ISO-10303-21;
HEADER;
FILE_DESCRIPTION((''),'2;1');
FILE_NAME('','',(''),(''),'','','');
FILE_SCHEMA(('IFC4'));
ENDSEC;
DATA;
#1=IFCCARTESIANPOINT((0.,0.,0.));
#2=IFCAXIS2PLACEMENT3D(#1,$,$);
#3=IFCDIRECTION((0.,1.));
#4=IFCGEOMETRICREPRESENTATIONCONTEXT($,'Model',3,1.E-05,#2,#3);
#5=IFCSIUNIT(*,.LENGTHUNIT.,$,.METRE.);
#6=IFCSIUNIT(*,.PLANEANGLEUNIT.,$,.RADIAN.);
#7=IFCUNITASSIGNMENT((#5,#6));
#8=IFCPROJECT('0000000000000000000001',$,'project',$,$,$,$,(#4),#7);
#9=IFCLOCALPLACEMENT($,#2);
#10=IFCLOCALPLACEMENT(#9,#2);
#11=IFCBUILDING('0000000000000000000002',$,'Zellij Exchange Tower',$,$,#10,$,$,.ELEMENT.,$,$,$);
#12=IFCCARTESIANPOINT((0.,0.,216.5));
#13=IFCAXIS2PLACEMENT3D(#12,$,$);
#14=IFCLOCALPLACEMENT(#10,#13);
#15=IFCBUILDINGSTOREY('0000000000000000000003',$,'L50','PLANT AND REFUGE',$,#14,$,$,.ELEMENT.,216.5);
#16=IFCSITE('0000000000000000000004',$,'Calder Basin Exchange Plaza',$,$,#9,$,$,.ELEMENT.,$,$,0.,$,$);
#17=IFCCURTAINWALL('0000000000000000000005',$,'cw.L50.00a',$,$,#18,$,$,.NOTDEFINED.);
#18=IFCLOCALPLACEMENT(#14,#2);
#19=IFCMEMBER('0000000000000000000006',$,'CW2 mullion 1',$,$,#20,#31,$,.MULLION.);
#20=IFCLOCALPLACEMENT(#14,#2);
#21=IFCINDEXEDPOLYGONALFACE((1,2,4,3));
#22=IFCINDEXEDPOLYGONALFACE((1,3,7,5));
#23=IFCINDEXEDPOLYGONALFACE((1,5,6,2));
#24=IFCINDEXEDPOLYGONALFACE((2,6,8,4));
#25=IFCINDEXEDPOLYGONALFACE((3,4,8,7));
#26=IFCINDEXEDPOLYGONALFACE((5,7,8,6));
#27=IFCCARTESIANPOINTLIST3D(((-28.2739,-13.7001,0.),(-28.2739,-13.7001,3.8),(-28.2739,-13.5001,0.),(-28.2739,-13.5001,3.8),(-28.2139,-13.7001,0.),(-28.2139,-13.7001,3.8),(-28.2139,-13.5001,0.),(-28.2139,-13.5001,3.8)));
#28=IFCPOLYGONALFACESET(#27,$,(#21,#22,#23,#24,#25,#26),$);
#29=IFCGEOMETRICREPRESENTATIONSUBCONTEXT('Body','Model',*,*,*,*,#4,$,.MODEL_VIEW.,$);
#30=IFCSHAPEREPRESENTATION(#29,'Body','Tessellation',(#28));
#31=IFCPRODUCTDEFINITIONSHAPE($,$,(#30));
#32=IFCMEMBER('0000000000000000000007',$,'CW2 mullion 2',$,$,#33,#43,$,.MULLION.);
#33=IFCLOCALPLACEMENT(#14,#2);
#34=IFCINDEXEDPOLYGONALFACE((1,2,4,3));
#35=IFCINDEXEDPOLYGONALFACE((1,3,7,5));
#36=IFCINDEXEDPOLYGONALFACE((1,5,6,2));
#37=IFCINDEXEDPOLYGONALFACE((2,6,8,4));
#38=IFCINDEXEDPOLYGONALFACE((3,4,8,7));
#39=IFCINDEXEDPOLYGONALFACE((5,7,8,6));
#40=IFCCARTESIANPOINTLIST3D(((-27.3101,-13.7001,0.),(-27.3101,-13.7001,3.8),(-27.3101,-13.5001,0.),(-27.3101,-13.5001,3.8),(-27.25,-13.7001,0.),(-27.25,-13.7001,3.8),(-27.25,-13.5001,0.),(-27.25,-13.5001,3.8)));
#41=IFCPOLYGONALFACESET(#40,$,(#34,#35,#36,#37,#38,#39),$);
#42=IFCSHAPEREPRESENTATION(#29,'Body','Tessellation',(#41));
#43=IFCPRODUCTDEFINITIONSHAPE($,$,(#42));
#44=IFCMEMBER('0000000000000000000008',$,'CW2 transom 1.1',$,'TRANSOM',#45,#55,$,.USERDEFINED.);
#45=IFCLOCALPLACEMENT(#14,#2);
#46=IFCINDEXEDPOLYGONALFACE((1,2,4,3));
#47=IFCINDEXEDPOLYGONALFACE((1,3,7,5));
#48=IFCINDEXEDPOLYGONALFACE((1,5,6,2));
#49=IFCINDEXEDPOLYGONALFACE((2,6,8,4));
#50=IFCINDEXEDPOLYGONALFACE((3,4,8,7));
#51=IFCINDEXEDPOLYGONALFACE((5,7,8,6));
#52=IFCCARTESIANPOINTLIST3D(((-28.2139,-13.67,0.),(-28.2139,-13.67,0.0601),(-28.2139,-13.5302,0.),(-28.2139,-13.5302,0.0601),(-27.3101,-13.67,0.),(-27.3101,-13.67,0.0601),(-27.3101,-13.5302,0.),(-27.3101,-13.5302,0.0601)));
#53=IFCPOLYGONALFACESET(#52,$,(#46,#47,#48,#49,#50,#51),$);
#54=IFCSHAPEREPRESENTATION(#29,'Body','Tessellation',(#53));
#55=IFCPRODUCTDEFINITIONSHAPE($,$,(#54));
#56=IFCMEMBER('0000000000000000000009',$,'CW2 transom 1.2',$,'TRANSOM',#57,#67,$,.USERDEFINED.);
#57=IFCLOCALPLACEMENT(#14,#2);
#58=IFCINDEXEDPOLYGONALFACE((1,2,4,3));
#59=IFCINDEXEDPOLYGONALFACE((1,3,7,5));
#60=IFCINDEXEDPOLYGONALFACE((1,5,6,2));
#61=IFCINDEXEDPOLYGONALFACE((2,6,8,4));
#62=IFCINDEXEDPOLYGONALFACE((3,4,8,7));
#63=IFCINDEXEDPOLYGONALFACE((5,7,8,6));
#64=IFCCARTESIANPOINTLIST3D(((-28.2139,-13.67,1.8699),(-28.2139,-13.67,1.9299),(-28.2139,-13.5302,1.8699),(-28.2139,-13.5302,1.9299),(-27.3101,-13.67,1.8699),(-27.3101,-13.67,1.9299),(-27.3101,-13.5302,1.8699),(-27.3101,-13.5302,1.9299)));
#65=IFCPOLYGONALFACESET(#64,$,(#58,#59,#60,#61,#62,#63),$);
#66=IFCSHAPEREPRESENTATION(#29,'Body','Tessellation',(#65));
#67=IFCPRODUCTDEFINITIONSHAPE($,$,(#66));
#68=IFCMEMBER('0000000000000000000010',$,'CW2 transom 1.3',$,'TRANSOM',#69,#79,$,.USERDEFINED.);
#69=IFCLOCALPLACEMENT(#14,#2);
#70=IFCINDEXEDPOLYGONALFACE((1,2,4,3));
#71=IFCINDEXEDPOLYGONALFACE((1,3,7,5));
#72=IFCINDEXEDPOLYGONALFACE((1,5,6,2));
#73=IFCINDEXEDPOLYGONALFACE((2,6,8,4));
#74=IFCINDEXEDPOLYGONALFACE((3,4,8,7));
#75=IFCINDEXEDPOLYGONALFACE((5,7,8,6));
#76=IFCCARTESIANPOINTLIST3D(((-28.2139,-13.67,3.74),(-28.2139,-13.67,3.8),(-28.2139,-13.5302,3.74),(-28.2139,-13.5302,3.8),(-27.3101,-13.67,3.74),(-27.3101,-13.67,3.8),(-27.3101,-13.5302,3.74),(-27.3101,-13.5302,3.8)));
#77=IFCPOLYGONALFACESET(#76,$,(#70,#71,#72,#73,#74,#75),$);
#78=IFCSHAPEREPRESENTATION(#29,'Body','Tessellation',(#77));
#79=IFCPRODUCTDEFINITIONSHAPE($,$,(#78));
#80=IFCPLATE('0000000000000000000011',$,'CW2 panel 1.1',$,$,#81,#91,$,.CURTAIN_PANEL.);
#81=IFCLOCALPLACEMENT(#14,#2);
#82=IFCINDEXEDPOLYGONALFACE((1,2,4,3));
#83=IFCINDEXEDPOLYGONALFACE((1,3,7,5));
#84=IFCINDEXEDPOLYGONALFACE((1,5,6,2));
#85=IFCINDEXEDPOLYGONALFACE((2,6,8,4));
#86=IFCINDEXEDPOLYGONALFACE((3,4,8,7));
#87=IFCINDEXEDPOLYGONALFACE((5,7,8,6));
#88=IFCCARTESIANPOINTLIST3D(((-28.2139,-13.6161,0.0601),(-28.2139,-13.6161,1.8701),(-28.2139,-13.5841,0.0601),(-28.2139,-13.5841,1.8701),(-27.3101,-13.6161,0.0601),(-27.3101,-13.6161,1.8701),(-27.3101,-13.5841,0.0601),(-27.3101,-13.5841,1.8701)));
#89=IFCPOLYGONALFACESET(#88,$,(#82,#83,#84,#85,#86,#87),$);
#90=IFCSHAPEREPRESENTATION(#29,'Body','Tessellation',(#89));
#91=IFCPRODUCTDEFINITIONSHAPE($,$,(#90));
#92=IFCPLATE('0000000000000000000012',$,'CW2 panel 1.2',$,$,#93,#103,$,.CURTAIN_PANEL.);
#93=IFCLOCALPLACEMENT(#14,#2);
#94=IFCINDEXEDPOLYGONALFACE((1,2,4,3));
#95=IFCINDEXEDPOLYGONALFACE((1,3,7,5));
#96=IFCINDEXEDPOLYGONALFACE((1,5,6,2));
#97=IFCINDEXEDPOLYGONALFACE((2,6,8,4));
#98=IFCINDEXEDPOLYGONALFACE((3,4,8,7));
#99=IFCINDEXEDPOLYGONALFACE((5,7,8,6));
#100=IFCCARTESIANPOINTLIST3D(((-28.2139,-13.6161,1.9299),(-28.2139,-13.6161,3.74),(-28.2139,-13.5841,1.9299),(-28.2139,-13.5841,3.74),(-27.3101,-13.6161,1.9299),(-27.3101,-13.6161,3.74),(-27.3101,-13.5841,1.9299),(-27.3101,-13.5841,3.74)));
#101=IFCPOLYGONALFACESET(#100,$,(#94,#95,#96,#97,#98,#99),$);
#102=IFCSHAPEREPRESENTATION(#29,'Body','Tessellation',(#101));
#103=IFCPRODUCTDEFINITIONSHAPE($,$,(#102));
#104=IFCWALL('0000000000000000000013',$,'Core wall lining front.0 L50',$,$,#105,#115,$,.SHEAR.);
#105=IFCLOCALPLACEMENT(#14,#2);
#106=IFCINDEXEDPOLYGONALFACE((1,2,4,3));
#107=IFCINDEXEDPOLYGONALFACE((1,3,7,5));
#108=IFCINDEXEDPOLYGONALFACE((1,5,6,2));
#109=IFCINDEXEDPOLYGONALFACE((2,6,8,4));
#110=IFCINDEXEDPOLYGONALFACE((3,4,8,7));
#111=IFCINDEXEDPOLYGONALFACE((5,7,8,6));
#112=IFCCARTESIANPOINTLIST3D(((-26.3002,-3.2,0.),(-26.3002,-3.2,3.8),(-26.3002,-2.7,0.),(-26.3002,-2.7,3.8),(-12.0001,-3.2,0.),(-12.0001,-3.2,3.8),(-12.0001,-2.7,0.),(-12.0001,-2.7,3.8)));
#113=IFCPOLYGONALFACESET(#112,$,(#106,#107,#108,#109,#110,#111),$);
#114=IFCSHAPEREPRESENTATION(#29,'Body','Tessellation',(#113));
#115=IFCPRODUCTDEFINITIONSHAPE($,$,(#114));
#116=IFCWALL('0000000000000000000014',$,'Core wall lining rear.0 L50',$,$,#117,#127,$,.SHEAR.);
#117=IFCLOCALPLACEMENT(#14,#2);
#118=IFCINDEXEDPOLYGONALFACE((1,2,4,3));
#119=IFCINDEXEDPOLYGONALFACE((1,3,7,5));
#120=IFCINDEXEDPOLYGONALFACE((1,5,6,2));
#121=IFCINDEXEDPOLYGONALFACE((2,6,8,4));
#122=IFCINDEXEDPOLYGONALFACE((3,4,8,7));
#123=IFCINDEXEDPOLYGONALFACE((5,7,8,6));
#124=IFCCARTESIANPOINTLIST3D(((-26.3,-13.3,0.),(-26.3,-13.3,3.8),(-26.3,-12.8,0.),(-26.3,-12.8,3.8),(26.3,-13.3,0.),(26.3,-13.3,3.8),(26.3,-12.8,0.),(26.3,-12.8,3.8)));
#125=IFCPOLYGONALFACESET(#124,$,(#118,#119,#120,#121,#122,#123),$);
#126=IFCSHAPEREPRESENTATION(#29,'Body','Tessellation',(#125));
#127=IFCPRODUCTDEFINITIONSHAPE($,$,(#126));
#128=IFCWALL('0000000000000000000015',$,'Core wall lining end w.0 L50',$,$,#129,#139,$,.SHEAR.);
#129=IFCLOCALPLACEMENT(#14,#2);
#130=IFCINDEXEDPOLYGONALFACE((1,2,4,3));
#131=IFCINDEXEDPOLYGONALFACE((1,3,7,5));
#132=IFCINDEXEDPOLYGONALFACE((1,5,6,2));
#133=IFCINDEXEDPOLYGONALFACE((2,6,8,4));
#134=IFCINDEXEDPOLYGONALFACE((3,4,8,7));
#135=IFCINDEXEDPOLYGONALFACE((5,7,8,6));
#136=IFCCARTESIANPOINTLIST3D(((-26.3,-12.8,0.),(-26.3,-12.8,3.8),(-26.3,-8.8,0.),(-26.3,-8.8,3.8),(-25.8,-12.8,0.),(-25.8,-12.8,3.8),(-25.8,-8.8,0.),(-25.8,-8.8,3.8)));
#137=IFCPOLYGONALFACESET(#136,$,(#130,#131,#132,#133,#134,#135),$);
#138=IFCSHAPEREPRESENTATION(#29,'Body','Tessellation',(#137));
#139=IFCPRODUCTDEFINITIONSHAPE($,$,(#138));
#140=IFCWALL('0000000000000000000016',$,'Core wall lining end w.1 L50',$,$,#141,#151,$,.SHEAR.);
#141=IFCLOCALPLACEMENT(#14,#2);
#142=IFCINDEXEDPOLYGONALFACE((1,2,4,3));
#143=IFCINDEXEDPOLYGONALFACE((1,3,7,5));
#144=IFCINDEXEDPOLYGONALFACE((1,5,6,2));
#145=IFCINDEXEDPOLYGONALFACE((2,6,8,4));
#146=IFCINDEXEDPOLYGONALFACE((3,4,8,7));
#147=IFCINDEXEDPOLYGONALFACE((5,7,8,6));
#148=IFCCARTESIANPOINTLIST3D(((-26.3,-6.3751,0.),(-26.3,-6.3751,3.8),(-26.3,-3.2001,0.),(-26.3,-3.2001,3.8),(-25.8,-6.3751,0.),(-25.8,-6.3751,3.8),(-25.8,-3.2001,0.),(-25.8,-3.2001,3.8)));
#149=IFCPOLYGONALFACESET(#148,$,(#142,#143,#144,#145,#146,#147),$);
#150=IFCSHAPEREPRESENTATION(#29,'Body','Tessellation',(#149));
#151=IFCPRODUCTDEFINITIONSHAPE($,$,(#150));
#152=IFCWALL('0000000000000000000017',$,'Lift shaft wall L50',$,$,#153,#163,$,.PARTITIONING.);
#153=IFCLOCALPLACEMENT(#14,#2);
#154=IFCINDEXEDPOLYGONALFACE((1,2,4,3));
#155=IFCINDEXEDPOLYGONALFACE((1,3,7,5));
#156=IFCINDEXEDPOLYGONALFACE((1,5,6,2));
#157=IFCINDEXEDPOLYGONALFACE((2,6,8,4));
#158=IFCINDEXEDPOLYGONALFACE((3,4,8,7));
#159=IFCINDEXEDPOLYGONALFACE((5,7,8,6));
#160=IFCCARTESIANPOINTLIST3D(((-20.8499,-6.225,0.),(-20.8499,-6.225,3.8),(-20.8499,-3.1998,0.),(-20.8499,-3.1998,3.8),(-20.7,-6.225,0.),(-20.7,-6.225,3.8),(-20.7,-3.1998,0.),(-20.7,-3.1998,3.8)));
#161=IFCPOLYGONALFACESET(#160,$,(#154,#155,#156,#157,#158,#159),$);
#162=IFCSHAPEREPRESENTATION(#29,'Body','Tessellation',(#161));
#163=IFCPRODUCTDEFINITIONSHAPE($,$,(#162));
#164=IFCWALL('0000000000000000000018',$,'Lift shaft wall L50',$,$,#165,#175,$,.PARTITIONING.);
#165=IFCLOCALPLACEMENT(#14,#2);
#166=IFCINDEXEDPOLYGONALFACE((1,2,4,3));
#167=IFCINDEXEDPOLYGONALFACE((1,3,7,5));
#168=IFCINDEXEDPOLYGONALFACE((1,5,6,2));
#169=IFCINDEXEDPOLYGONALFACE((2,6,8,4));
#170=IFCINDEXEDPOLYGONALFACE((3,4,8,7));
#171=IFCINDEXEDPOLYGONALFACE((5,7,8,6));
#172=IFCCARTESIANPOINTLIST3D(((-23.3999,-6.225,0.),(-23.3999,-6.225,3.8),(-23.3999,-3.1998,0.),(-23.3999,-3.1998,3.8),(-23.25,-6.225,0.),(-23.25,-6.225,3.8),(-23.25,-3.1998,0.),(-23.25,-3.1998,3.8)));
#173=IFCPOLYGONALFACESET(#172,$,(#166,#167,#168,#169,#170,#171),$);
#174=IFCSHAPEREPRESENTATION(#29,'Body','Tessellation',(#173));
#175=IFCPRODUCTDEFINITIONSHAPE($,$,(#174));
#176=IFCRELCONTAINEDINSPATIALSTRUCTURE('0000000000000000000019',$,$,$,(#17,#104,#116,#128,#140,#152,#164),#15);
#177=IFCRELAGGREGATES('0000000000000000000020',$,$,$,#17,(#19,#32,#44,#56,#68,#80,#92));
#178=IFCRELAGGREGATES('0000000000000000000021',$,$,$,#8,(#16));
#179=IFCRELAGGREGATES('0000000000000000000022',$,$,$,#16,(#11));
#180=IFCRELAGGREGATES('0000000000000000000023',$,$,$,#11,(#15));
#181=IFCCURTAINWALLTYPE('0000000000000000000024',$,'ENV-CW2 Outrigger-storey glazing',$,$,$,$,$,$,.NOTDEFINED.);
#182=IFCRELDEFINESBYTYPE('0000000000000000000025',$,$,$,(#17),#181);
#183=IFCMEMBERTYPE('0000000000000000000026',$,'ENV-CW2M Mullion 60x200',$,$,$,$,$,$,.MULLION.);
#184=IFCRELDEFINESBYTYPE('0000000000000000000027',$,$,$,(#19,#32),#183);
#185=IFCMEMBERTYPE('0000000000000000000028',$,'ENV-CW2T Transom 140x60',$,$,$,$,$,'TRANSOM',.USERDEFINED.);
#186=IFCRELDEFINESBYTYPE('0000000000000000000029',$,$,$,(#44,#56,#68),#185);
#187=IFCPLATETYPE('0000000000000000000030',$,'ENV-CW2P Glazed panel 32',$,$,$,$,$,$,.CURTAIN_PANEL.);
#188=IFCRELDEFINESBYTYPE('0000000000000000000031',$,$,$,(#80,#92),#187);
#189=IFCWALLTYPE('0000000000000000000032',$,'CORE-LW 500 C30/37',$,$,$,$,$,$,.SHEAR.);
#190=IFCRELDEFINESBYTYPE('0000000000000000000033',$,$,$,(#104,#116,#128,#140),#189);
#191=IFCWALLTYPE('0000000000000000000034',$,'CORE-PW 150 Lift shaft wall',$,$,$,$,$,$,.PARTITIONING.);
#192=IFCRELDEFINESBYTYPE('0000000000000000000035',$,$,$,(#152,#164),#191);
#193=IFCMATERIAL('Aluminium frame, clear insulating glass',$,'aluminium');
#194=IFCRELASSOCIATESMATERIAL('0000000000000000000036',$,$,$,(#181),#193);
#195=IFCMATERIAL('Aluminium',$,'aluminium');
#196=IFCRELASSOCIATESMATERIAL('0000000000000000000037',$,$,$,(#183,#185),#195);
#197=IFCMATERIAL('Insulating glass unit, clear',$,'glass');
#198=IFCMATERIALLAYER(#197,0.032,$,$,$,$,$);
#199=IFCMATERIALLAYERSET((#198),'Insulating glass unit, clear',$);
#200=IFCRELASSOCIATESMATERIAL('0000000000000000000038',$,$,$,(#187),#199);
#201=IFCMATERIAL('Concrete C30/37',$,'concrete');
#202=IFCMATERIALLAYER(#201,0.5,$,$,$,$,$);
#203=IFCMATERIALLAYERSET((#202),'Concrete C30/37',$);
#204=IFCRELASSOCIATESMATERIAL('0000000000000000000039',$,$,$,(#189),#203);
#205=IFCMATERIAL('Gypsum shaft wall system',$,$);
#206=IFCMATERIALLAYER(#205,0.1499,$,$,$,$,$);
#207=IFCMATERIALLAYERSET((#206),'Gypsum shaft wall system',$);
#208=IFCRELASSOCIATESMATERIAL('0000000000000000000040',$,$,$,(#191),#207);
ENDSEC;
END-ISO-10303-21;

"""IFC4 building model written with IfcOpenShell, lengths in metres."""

from ifc_helpers import new_model, si_unit, direction, frame, frame_2d, origin, origin_2d, place, context, subcontext, project, spatial, rectangle, extrude, material, layer, layer_set, material_profile, profile_set, type_object, element, aggregate, save


model = new_model("IFC4")

# Units and contexts
model_context = context("Model", 3, precision=1e-05, world=origin(), true_north=direction((0.0, 1.0)))
body_context = subcontext(model_context, "Body", "Model", "MODEL_VIEW")
ifc_project = project(units=[si_unit("LENGTHUNIT", "METRE"), si_unit("PLANEANGLEUNIT", "RADIAN")], contexts=[model_context])

# Site, building, storey
site_placement = place(None, origin())
site = spatial("IfcSite", under=ifc_project, at=site_placement, Name="Calder Basin Exchange Plaza", CompositionType="ELEMENT", RefElevation=0.0)
building_placement = place(site_placement, origin())
building = spatial("IfcBuilding", under=site, at=building_placement, Name="Zellij Exchange Tower", CompositionType="ELEMENT")
storey_placement = place(building_placement, frame((0.0, 0.0, 216.5)))
storey = spatial("IfcBuildingStorey", under=building, at=storey_placement, Name="L50", Description="PLANT AND REFUGE", CompositionType="ELEMENT", Elevation=216.5)

# Curtain wall, members, plates
ifc_material_1 = material(Name="Aluminium frame, clear insulating glass", Category="aluminium")
curtain_wall_type = type_object("IfcCurtainWallType", Name="ENV-CW2 Outrigger-storey glazing", PredefinedType="NOTDEFINED", material=ifc_material_1)
curtain_wall_placement = place(storey_placement, origin())
curtain_wall = element("IfcCurtainWall", 1, at=curtain_wall_placement, inside=storey, type_object=curtain_wall_type, Name="cw.L50.00a", PredefinedType="NOTDEFINED")
ifc_material_2 = material(Name="Aluminium", Category="aluminium")
ifc_material_profile_1 = material_profile(ifc_material_2, rectangle(XDim=0.0601, YDim=0.2, at=origin_2d()), Name="AL 60x200")
ifc_profile_set_1 = profile_set([ifc_material_profile_1], Name="Aluminium")
member_type_1 = type_object("IfcMemberType", Name="ENV-CW2M Mullion 60x200", PredefinedType="MULLION", material=ifc_profile_set_1)
member_1_placement = place(storey_placement, frame((-28.2439, -13.6001, 0.0), z_axis=(0.0, 0.0, 1.0), x_axis=(1.0, 0.0, 0.0)))
member_1 = element("IfcMember", 2, at=member_1_placement, type_object=member_type_1, Name="CW2 mullion 1", PredefinedType="MULLION", context=body_context, shape_type="SweptSolid", body=[
    extrude(rectangle(XDim=0.0601, YDim=0.2, at=origin_2d()), origin(), (0.0, 0.0, 1.0), 3.8),
])
member_2_placement = place(storey_placement, frame((-27.28, -13.6001, 0.0), z_axis=(0.0, 0.0, 1.0), x_axis=(1.0, 0.0, 0.0)))
member_2 = element("IfcMember", 3, at=member_2_placement, type_object=member_type_1, Name="CW2 mullion 2", PredefinedType="MULLION", context=body_context, shape_type="SweptSolid", body=[
    extrude(rectangle(XDim=0.0601, YDim=0.2, at=origin_2d()), origin(), (0.0, 0.0, 1.0), 3.8),
])
ifc_material_profile_2 = material_profile(ifc_material_2, rectangle(XDim=0.1399, YDim=0.0601, at=origin_2d()), Name="AL 140x60")
ifc_profile_set_2 = profile_set([ifc_material_profile_2], Name="Aluminium")
member_type_2 = type_object("IfcMemberType", Name="ENV-CW2T Transom 140x60", ElementType="TRANSOM", PredefinedType="USERDEFINED", material=ifc_profile_set_2)
member_3_placement = place(storey_placement, frame((-28.2139, -13.6001, 0.03), z_axis=(1.0, 0.0, 0.0), x_axis=(0.0, 1.0, 0.0)))
member_3 = element("IfcMember", 4, at=member_3_placement, type_object=member_type_2, Name="CW2 transom 1.1", ObjectType="TRANSOM", PredefinedType="USERDEFINED", context=body_context, shape_type="SweptSolid", body=[
    extrude(rectangle(XDim=0.1399, YDim=0.0601, at=origin_2d()), origin(), (0.0, 0.0, 1.0), 0.9038),
])
member_4_placement = place(storey_placement, frame((-28.2139, -13.6001, 1.8999), z_axis=(1.0, 0.0, 0.0), x_axis=(0.0, 1.0, 0.0)))
member_4 = element("IfcMember", 5, at=member_4_placement, type_object=member_type_2, Name="CW2 transom 1.2", ObjectType="TRANSOM", PredefinedType="USERDEFINED", context=body_context, shape_type="SweptSolid", body=[
    extrude(rectangle(XDim=0.1399, YDim=0.0601, at=origin_2d()), origin(), (0.0, 0.0, 1.0), 0.9038),
])
member_5_placement = place(storey_placement, frame((-28.2139, -13.6001, 3.77), z_axis=(1.0, 0.0, 0.0), x_axis=(0.0, 1.0, 0.0)))
member_5 = element("IfcMember", 6, at=member_5_placement, type_object=member_type_2, Name="CW2 transom 1.3", ObjectType="TRANSOM", PredefinedType="USERDEFINED", context=body_context, shape_type="SweptSolid", body=[
    extrude(rectangle(XDim=0.1399, YDim=0.0601, at=origin_2d()), origin(), (0.0, 0.0, 1.0), 0.9038),
])
ifc_material_3 = material(Name="Insulating glass unit, clear", Category="glass")
ifc_layer_1 = layer(ifc_material_3, 0.032)
ifc_layer_set_1 = layer_set([ifc_layer_1], Name="Insulating glass unit, clear")
plate_type = type_object("IfcPlateType", Name="ENV-CW2P Glazed panel 32", PredefinedType="CURTAIN_PANEL", material=ifc_layer_set_1)
plate_1_placement = place(storey_placement, frame((-27.762, -13.6001, 0.0601), z_axis=(0.0, 0.0, 1.0), x_axis=(1.0, 0.0, 0.0)))
plate_1 = element("IfcPlate", 7, at=plate_1_placement, type_object=plate_type, Name="CW2 panel 1.1", PredefinedType="CURTAIN_PANEL", context=body_context, shape_type="SweptSolid", body=[
    extrude(rectangle(XDim=0.9038, YDim=0.032, at=origin_2d()), origin(), (0.0, 0.0, 1.0), 1.8101),
])
plate_2_placement = place(storey_placement, frame((-27.762, -13.6001, 1.9299), z_axis=(0.0, 0.0, 1.0), x_axis=(1.0, 0.0, 0.0)))
plate_2 = element("IfcPlate", 8, at=plate_2_placement, type_object=plate_type, Name="CW2 panel 1.2", PredefinedType="CURTAIN_PANEL", context=body_context, shape_type="SweptSolid", body=[
    extrude(rectangle(XDim=0.9038, YDim=0.032, at=origin_2d()), origin(), (0.0, 0.0, 1.0), 1.8101),
])
aggregate(curtain_wall, [member_1, member_2, member_3, member_4, member_5, plate_1, plate_2])

# Walls
ifc_material_4 = material(Name="Concrete C30/37", Category="concrete")
ifc_layer_2 = layer(ifc_material_4, 0.5)
ifc_layer_set_2 = layer_set([ifc_layer_2], Name="Concrete C30/37")
wall_type_1 = type_object("IfcWallType", Name="CORE-LW 500 C30/37", PredefinedType="SHEAR", material=ifc_layer_set_2)
wall_1_placement = place(storey_placement, frame((-26.3, -2.95, 0.0), z_axis=(0.0, 0.0, 1.0), x_axis=(1.0, 0.0, 0.0)))
element("IfcWall", 9, at=wall_1_placement, inside=storey, type_object=wall_type_1, Name="Core wall lining front.0 L50", PredefinedType="SHEAR", context=body_context, shape_type="SweptSolid", body=[
    extrude(rectangle(XDim=14.3, YDim=0.5, at=frame_2d((7.1499, 0.0))), origin(), (0.0, 0.0, 1.0), 3.8),
])
wall_2_placement = place(storey_placement, frame((-26.3, -13.05, 0.0), z_axis=(0.0, 0.0, 1.0), x_axis=(1.0, 0.0, 0.0)))
element("IfcWall", 10, at=wall_2_placement, inside=storey, type_object=wall_type_1, Name="Core wall lining rear.0 L50", PredefinedType="SHEAR", context=body_context, shape_type="SweptSolid", body=[
    extrude(rectangle(XDim=52.6001, YDim=0.5, at=frame_2d((26.3, 0.0))), origin(), (0.0, 0.0, 1.0), 3.8),
])
wall_3_placement = place(storey_placement, frame((-26.05, -12.8, 0.0), z_axis=(0.0, 0.0, 1.0), x_axis=(0.0, 1.0, 0.0)))
element("IfcWall", 11, at=wall_3_placement, inside=storey, type_object=wall_type_1, Name="Core wall lining end w.0 L50", PredefinedType="SHEAR", context=body_context, shape_type="SweptSolid", body=[
    extrude(rectangle(XDim=4.0, YDim=0.5, at=frame_2d((2.0, 0.0))), origin(), (0.0, 0.0, 1.0), 3.8),
])
wall_4_placement = place(storey_placement, frame((-26.05, -6.375, 0.0), z_axis=(0.0, 0.0, 1.0), x_axis=(0.0, 1.0, 0.0)))
element("IfcWall", 12, at=wall_4_placement, inside=storey, type_object=wall_type_1, Name="Core wall lining end w.1 L50", PredefinedType="SHEAR", context=body_context, shape_type="SweptSolid", body=[
    extrude(rectangle(XDim=3.175, YDim=0.5, at=frame_2d((1.5874, 0.0))), origin(), (0.0, 0.0, 1.0), 3.8),
])
ifc_material_5 = material(Name="Gypsum shaft wall system")
ifc_layer_3 = layer(ifc_material_5, 0.1499)
ifc_layer_set_3 = layer_set([ifc_layer_3], Name="Gypsum shaft wall system")
wall_type_2 = type_object("IfcWallType", Name="CORE-PW 150 Lift shaft wall", PredefinedType="PARTITIONING", material=ifc_layer_set_3)
for number, where, z_axis, x_axis, name in (
    (13, (-20.7749, -6.2251, 0.0), (0.0, 0.0, 1.0), (0.0, 1.0, 0.0), "Lift shaft wall L50"),
    (14, (-23.325, -6.2251, 0.0), (0.0, 0.0, 1.0), (0.0, 1.0, 0.0), "Lift shaft wall L50"),
):
    element("IfcWall", number, at=place(storey_placement, frame(where, z_axis=z_axis, x_axis=x_axis)), inside=storey, type_object=wall_type_2, Name=name, PredefinedType="PARTITIONING", context=body_context, shape_type="SweptSolid", body=[
        extrude(rectangle(XDim=3.0251, YDim=0.1499, at=frame_2d((1.5127, 0.0))), origin(), (0.0, 0.0, 1.0), 3.8),
    ])

save(model, "model.ifc")
